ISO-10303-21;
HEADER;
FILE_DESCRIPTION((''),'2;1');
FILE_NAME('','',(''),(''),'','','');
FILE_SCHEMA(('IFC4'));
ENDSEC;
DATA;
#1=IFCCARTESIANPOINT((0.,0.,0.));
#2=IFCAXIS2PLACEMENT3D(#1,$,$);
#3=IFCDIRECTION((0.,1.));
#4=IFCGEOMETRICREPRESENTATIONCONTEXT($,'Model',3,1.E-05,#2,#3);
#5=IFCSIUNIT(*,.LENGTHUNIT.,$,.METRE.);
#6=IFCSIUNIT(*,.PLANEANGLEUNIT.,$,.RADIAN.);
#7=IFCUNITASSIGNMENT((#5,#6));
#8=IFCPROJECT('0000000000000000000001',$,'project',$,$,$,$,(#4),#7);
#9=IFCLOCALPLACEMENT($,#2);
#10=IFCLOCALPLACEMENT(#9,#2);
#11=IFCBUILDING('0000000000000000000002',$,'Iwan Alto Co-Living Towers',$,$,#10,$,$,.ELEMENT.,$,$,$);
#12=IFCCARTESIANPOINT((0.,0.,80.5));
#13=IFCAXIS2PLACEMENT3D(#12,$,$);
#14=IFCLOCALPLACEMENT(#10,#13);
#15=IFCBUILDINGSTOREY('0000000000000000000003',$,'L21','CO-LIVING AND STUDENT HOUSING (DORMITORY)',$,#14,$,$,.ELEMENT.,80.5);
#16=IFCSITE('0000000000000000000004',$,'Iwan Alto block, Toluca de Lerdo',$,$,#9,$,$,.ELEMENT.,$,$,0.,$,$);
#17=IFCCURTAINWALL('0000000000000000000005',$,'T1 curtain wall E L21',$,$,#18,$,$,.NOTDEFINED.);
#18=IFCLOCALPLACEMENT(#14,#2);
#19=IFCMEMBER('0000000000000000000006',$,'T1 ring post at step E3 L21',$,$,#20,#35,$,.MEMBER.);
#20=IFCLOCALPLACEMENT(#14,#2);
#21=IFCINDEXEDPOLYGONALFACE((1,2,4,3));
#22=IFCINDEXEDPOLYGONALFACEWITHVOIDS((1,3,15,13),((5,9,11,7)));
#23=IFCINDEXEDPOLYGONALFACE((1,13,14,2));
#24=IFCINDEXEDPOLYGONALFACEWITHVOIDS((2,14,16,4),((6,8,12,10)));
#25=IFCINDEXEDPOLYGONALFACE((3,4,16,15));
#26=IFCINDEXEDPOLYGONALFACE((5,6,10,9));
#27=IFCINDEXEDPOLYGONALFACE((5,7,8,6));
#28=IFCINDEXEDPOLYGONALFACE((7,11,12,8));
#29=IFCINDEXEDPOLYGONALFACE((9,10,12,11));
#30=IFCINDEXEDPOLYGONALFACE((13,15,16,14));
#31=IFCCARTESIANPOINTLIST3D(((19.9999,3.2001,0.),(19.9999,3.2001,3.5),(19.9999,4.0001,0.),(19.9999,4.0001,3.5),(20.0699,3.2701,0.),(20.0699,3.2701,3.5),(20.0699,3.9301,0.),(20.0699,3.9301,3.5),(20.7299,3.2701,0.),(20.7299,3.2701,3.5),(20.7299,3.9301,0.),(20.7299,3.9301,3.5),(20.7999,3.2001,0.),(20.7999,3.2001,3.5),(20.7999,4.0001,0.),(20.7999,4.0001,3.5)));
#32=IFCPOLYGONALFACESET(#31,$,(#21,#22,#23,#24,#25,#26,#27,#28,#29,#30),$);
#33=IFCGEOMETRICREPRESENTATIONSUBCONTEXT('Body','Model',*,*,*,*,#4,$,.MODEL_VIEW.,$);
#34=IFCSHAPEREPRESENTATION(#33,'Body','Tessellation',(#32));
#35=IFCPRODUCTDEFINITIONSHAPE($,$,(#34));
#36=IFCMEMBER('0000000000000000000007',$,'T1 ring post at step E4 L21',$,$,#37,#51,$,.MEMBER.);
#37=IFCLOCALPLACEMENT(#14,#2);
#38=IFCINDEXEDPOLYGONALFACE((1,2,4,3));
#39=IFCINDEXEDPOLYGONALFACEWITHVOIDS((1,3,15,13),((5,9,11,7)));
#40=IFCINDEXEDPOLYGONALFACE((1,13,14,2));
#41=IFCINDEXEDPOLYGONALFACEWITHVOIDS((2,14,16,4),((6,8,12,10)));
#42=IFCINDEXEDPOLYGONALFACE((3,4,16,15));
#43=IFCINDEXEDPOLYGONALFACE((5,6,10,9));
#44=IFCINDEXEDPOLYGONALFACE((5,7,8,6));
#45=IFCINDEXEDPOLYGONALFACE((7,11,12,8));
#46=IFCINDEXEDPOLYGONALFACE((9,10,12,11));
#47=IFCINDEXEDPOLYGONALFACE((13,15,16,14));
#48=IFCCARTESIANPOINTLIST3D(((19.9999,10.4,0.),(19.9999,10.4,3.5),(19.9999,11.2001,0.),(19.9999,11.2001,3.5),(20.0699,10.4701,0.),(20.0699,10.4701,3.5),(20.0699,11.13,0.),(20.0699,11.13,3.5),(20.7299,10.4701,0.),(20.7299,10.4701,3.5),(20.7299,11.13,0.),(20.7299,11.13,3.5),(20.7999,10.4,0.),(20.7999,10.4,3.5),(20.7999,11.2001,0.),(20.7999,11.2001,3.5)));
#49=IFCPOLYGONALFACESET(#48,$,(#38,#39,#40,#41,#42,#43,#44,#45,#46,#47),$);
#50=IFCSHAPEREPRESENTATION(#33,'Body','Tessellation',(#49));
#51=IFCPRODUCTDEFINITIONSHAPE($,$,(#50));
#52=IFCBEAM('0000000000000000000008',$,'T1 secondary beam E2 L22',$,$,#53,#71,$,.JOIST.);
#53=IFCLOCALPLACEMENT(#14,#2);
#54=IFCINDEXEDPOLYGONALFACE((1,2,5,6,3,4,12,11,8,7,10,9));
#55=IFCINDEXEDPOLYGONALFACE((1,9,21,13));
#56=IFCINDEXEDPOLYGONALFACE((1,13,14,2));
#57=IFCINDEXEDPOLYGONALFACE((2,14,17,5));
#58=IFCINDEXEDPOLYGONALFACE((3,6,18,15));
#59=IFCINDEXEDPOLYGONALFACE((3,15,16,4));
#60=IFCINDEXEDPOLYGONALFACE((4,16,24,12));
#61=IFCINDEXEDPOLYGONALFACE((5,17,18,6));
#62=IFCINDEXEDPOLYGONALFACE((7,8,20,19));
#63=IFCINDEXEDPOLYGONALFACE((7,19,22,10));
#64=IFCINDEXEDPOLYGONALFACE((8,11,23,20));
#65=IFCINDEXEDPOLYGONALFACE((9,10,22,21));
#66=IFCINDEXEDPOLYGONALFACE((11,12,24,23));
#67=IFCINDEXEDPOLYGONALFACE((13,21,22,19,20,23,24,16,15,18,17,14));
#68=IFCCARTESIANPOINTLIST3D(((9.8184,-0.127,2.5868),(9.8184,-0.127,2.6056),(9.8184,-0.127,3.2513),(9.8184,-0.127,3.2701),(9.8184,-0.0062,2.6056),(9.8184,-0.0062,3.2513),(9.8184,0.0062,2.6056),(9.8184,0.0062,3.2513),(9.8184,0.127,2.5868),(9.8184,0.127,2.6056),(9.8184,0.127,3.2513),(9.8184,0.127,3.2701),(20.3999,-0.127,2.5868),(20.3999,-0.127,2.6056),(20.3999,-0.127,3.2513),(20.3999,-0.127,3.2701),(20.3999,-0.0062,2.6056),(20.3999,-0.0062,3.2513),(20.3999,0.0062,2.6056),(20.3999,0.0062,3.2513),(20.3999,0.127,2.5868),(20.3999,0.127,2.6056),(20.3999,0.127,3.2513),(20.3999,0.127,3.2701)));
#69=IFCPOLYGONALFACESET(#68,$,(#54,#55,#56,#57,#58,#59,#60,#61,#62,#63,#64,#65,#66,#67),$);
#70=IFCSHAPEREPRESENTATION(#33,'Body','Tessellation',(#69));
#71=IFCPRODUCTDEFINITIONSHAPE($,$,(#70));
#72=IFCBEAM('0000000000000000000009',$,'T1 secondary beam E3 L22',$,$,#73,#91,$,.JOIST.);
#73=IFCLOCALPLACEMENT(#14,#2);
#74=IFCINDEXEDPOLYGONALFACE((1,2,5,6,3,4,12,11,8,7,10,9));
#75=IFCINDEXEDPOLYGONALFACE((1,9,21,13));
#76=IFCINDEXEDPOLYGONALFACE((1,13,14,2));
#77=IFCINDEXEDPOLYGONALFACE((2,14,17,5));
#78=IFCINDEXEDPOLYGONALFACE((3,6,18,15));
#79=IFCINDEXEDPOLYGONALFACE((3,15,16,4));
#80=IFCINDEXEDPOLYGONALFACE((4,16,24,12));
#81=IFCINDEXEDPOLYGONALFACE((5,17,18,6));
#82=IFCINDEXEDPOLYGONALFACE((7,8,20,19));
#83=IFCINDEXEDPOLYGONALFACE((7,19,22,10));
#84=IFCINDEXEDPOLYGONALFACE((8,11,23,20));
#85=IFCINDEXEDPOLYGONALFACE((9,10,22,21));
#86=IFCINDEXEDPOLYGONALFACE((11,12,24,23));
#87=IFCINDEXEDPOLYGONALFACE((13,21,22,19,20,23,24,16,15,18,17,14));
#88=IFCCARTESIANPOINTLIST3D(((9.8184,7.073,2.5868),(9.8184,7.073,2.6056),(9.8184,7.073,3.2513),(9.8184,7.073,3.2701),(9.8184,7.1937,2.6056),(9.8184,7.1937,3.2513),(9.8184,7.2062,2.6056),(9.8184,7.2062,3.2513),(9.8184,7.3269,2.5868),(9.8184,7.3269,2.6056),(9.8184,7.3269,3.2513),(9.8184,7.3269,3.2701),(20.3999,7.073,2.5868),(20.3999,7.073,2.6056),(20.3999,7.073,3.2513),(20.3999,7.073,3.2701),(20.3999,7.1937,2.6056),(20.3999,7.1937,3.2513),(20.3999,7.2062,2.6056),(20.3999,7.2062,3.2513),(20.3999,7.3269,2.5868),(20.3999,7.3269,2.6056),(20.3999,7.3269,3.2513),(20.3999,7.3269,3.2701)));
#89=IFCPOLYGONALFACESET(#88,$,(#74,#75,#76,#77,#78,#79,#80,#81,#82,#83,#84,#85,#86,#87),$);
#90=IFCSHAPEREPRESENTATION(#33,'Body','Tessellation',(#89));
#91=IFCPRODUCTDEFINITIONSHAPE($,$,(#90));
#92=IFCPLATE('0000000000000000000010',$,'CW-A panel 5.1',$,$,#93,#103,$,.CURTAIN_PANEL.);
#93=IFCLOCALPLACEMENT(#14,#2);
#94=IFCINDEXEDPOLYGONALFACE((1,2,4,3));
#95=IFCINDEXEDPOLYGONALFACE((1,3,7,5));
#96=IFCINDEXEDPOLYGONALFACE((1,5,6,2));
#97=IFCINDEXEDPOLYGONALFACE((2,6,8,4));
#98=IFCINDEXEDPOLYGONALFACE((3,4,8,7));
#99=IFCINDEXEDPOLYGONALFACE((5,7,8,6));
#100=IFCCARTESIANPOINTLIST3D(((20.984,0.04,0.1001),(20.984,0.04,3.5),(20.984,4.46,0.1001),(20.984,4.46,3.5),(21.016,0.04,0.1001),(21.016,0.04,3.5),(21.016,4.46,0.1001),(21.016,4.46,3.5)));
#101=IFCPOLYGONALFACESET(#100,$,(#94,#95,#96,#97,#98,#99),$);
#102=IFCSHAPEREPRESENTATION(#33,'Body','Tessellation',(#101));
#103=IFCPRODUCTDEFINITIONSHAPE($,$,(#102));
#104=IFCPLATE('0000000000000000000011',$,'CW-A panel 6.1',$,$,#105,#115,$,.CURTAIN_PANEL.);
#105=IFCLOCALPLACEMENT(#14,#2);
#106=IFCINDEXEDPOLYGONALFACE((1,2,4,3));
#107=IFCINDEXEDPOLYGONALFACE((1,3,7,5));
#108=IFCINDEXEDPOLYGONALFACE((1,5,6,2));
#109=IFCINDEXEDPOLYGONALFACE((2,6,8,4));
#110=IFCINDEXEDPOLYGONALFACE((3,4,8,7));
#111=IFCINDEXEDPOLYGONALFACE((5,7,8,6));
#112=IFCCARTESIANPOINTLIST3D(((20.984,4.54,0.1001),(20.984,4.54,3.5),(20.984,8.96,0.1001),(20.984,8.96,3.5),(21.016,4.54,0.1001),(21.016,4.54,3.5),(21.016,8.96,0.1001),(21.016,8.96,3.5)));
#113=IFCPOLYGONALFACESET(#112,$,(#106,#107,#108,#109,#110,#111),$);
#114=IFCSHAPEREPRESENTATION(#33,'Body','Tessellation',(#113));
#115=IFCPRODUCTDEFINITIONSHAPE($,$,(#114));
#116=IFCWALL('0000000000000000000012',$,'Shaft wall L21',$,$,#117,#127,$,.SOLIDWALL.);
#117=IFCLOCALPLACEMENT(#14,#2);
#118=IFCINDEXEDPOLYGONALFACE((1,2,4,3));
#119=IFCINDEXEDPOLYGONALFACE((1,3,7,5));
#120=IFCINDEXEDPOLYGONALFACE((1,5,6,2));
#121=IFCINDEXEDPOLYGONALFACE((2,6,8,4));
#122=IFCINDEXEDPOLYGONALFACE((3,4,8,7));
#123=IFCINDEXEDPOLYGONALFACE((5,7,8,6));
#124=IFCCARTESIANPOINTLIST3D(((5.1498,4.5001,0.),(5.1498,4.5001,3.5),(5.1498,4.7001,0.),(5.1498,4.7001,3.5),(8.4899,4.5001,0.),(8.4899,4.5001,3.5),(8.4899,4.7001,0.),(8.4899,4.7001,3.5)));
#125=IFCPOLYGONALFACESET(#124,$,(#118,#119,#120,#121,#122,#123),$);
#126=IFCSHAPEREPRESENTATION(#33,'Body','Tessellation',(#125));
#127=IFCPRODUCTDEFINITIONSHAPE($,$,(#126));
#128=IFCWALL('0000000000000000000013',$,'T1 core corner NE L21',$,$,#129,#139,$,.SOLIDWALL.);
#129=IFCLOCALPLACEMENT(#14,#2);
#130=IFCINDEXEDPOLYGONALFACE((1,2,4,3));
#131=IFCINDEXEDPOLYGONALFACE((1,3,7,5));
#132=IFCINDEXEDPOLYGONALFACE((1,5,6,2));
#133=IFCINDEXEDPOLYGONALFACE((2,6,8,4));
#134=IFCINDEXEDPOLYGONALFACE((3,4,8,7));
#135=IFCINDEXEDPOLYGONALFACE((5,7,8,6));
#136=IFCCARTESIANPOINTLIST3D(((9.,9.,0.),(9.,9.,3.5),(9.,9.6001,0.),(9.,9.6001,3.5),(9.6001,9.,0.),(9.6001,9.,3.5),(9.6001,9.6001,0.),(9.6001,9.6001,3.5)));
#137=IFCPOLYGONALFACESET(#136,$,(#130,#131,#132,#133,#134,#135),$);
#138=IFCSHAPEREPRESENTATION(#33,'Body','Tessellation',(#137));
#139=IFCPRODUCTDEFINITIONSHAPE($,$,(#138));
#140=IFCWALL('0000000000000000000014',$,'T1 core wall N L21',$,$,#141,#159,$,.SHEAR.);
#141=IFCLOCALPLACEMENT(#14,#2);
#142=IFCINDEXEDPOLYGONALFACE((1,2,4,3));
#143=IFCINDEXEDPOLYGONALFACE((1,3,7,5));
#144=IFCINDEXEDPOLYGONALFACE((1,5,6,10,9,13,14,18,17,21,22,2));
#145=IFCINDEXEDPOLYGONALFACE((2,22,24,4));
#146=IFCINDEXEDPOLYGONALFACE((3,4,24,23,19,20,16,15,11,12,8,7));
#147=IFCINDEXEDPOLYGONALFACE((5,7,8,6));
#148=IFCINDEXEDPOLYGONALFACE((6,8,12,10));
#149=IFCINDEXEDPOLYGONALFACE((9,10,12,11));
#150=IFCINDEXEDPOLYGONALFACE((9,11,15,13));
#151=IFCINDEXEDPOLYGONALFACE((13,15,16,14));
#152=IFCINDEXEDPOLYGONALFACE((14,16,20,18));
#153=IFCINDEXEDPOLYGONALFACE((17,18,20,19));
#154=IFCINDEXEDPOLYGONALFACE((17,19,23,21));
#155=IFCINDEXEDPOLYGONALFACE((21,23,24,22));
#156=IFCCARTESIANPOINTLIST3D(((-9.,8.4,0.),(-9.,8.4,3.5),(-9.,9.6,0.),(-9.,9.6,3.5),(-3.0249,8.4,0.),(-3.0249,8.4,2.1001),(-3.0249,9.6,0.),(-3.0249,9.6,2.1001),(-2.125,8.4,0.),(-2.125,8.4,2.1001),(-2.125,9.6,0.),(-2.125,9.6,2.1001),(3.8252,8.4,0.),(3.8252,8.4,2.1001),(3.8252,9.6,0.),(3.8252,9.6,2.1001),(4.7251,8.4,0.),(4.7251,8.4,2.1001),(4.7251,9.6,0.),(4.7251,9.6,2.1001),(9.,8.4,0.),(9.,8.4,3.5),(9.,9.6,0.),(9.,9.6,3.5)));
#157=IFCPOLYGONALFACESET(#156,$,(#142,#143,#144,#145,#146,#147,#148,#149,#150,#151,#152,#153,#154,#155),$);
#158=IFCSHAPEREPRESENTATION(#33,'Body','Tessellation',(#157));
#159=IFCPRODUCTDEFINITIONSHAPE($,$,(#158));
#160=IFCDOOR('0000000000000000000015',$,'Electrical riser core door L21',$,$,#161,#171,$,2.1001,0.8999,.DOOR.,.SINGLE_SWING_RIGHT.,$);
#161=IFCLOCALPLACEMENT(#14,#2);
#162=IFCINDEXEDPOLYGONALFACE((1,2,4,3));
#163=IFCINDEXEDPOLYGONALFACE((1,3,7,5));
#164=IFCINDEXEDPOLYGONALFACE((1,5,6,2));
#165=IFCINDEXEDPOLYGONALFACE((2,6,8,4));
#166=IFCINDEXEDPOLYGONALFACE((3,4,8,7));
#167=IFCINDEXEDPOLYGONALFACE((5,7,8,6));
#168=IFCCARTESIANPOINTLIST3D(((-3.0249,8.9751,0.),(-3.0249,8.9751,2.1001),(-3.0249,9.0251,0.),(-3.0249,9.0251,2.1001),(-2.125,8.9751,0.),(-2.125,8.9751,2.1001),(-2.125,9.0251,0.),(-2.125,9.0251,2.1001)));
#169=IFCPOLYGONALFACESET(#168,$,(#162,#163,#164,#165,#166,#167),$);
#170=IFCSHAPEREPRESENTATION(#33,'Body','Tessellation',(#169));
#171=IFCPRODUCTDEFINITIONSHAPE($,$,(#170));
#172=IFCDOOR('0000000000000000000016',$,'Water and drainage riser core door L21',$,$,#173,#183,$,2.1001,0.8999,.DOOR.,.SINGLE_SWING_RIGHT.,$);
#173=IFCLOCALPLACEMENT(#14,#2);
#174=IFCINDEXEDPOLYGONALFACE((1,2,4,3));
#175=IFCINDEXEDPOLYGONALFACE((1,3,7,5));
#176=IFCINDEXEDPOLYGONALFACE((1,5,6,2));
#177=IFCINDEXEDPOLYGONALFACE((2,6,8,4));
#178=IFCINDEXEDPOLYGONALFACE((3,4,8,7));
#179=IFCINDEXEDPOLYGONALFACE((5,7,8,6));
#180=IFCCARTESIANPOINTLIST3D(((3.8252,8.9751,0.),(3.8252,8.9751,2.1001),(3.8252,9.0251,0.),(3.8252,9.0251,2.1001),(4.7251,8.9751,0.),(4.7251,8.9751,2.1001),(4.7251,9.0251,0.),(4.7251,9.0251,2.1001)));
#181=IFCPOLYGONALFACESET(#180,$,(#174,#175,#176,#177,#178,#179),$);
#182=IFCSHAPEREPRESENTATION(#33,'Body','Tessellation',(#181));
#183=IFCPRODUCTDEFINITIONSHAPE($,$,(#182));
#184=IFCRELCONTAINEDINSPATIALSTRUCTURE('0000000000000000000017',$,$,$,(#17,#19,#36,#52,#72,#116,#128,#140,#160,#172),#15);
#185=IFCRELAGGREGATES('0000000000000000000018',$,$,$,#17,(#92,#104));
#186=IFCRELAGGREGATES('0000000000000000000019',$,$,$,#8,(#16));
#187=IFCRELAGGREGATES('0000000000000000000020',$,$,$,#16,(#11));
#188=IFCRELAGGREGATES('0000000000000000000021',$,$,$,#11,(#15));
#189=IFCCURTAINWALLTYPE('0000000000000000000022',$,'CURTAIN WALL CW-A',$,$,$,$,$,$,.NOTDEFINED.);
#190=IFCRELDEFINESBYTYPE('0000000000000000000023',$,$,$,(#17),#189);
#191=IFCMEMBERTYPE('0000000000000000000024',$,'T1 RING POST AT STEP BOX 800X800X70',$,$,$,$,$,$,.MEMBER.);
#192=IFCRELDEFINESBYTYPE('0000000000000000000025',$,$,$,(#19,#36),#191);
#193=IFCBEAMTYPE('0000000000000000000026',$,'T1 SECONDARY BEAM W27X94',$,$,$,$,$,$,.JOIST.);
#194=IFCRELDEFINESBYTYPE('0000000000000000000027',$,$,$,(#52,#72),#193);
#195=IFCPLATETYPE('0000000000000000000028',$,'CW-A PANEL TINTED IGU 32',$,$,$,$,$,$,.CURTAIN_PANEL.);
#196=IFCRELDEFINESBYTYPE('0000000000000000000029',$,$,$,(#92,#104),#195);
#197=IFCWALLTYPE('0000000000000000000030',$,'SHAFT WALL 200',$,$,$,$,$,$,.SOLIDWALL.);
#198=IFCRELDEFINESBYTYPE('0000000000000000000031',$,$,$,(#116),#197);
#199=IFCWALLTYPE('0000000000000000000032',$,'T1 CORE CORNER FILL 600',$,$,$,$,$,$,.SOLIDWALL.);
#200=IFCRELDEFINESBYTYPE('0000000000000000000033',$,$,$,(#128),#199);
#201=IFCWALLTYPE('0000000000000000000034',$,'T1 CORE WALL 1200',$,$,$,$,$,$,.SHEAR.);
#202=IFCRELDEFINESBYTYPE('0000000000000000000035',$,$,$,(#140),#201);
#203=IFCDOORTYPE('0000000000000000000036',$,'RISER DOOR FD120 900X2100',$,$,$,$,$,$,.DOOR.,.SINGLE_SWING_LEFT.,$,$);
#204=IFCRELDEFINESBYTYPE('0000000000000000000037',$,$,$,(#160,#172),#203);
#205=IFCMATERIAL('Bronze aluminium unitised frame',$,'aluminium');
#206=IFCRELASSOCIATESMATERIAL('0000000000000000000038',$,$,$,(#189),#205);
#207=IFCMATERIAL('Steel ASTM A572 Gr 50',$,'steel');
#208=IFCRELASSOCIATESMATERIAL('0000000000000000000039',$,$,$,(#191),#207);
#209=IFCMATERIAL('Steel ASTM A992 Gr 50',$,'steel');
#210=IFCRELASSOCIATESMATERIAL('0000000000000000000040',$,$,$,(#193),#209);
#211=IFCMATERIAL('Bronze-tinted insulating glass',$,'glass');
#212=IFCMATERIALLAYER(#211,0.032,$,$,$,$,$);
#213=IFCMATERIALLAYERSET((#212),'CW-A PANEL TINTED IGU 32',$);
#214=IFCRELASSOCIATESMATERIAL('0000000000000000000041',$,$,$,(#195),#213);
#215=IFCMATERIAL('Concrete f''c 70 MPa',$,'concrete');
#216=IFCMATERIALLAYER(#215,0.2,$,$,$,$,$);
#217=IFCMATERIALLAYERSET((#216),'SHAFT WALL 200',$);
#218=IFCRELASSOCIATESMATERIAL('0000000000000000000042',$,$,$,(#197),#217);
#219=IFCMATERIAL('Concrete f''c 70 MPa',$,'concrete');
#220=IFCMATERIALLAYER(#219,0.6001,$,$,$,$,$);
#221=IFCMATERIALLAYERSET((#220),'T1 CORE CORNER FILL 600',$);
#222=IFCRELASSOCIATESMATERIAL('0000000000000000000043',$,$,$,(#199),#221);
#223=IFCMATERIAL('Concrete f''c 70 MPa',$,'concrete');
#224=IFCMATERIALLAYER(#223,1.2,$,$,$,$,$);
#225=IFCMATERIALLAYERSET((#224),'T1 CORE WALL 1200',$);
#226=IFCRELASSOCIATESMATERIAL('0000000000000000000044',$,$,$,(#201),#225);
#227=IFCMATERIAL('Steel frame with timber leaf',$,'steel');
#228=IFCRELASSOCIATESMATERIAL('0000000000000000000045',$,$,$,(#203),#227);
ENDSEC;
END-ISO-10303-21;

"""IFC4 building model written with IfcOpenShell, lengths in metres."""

from ifc_helpers import new_model, si_unit, direction, frame, frame_2d, origin, origin_2d, place, context, subcontext, project, spatial, rectangle, hollow_rectangle, i_section, extrude, material, layer, layer_set, material_profile, profile_set, type_object, element, fill, aggregate, save


model = new_model("IFC4")

# Units and contexts
model_context = context("Model", 3, precision=1e-05, world=origin(), true_north=direction((0.0, 1.0)))
body_context = subcontext(model_context, "Body", "Model", "MODEL_VIEW")
ifc_project = project(units=[si_unit("LENGTHUNIT", "METRE"), si_unit("PLANEANGLEUNIT", "RADIAN")], contexts=[model_context])

# Site, building, storey
site_placement = place(None, origin())
site = spatial("IfcSite", under=ifc_project, at=site_placement, Name="Iwan Alto block, Toluca de Lerdo", CompositionType="ELEMENT", RefElevation=0.0)
building_placement = place(site_placement, origin())
building = spatial("IfcBuilding", under=site, at=building_placement, Name="Iwan Alto Co-Living Towers", CompositionType="ELEMENT")
storey_placement = place(building_placement, frame((0.0, 0.0, 80.5)))
storey = spatial("IfcBuildingStorey", under=building, at=storey_placement, Name="L21", Description="CO-LIVING AND STUDENT HOUSING (DORMITORY)", CompositionType="ELEMENT", Elevation=80.5)

# Curtain wall
ifc_material_1 = material(Name="Bronze aluminium unitised frame", Category="aluminium")
curtain_wall_type = type_object("IfcCurtainWallType", Name="CURTAIN WALL CW-A", PredefinedType="NOTDEFINED", material=ifc_material_1)
curtain_wall_placement = place(storey_placement, origin())
curtain_wall = element("IfcCurtainWall", 1, at=curtain_wall_placement, inside=storey, type_object=curtain_wall_type, Name="T1 curtain wall E L21", PredefinedType="NOTDEFINED")

# Members
ifc_material_2 = material(Name="Steel ASTM A572 Gr 50", Category="steel")
ifc_material_profile_1 = material_profile(ifc_material_2, hollow_rectangle(XDim=0.8, YDim=0.8, WallThickness=0.0701, at=origin_2d()), Name="BOX 800X800X70")
ifc_profile_set_1 = profile_set([ifc_material_profile_1], Name="Steel ASTM A572 Gr 50")
member_type_1 = type_object("IfcMemberType", Name="T1 RING POST AT STEP BOX 800X800X70", PredefinedType="MEMBER", material=ifc_profile_set_1)
for number, where, z_axis, x_axis, name in (
    (2, (20.3999, 3.6001, 0.0), (0.0, 0.0, 1.0), (1.0, 0.0, 0.0), "T1 ring post at step E3 L21"),
    (3, (20.3999, 10.8, 0.0), (0.0, 0.0, 1.0), (1.0, 0.0, 0.0), "T1 ring post at step E4 L21"),
):
    element("IfcMember", number, at=place(storey_placement, frame(where, z_axis=z_axis, x_axis=x_axis)), inside=storey, type_object=member_type_1, Name=name, PredefinedType="MEMBER", context=body_context, shape_type="SweptSolid", body=[
        extrude(hollow_rectangle(XDim=0.8, YDim=0.8, WallThickness=0.0701, at=origin_2d()), origin(), (0.0, 0.0, 1.0), 3.5),
    ])

# Beams
ifc_material_3 = material(Name="Steel ASTM A992 Gr 50", Category="steel")
ifc_material_profile_2 = material_profile(ifc_material_3, i_section(OverallWidth=0.2539, OverallDepth=0.6833, WebThickness=0.0125, FlangeThickness=0.0188, at=origin_2d()), Name="W27X94")
ifc_profile_set_2 = profile_set([ifc_material_profile_2], Name="Steel ASTM A992 Gr 50")
beam_type_1 = type_object("IfcBeamType", Name="T1 SECONDARY BEAM W27X94", PredefinedType="JOIST", material=ifc_profile_set_2)
for number, where, z_axis, x_axis, name in (
    (4, (20.3999, 0.0, 2.9285), (-1.0, 0.0, 0.0), (0.0, -1.0, 0.0), "T1 secondary beam E2 L22"),
    (5, (20.3999, 7.2, 2.9285), (-1.0, 0.0, 0.0), (0.0, -1.0, 0.0), "T1 secondary beam E3 L22"),
):
    element("IfcBeam", number, at=place(storey_placement, frame(where, z_axis=z_axis, x_axis=x_axis)), inside=storey, type_object=beam_type_1, Name=name, PredefinedType="JOIST", context=body_context, shape_type="SweptSolid", body=[
        extrude(i_section(OverallWidth=0.2539, OverallDepth=0.6833, WebThickness=0.0125, FlangeThickness=0.0188, at=origin_2d()), origin(), (0.0, 0.0, 1.0), 10.5815),
    ])

# Plates
ifc_material_4 = material(Name="Bronze-tinted insulating glass", Category="glass")
ifc_layer_1 = layer(ifc_material_4, 0.032)
ifc_layer_set_1 = layer_set([ifc_layer_1], Name="CW-A PANEL TINTED IGU 32")
plate_type = type_object("IfcPlateType", Name="CW-A PANEL TINTED IGU 32", PredefinedType="CURTAIN_PANEL", material=ifc_layer_set_1)
plate_1_placement = place(storey_placement, frame((21.0, 2.25, 0.1001), z_axis=(0.0, 0.0, 1.0), x_axis=(0.0, 1.0, 0.0)))
plate_1 = element("IfcPlate", 6, at=plate_1_placement, type_object=plate_type, Name="CW-A panel 5.1", PredefinedType="CURTAIN_PANEL", context=body_context, shape_type="SweptSolid", body=[
    extrude(rectangle(XDim=4.4199, YDim=0.032, at=origin_2d()), origin(), (0.0, 0.0, 1.0), 3.3999),
])
plate_2_placement = place(storey_placement, frame((21.0, 6.75, 0.1001), z_axis=(0.0, 0.0, 1.0), x_axis=(0.0, 1.0, 0.0)))
plate_2 = element("IfcPlate", 7, at=plate_2_placement, type_object=plate_type, Name="CW-A panel 6.1", PredefinedType="CURTAIN_PANEL", context=body_context, shape_type="SweptSolid", body=[
    extrude(rectangle(XDim=4.4199, YDim=0.032, at=origin_2d()), origin(), (0.0, 0.0, 1.0), 3.3999),
])
aggregate(curtain_wall, [plate_1, plate_2])

# Walls
ifc_material_5 = material(Name="Concrete f'c 70 MPa", Category="concrete")
ifc_layer_2 = layer(ifc_material_5, 0.2)
ifc_layer_set_2 = layer_set([ifc_layer_2], Name="SHAFT WALL 200")
wall_type_1 = type_object("IfcWallType", Name="SHAFT WALL 200", PredefinedType="SOLIDWALL", material=ifc_layer_set_2)
wall_1_placement = place(storey_placement, frame((5.1499, 4.6001, 0.0), z_axis=(0.0, 0.0, 1.0), x_axis=(1.0, 0.0, 0.0)))
element("IfcWall", 8, at=wall_1_placement, inside=storey, type_object=wall_type_1, Name="Shaft wall L21", PredefinedType="SOLIDWALL", context=body_context, shape_type="SweptSolid", body=[
    extrude(rectangle(XDim=3.3401, YDim=0.2, at=frame_2d((1.6699, 0.0))), origin(), (0.0, 0.0, 1.0), 3.5),
])
ifc_material_6 = material(Name="Concrete f'c 70 MPa", Category="concrete")
ifc_layer_3 = layer(ifc_material_6, 0.6001)
ifc_layer_set_3 = layer_set([ifc_layer_3], Name="T1 CORE CORNER FILL 600")
wall_type_2 = type_object("IfcWallType", Name="T1 CORE CORNER FILL 600", PredefinedType="SOLIDWALL", material=ifc_layer_set_3)
wall_2_placement = place(storey_placement, frame((9.0, 9.3, 0.0), z_axis=(0.0, 0.0, 1.0), x_axis=(1.0, 0.0, 0.0)))
element("IfcWall", 9, at=wall_2_placement, inside=storey, type_object=wall_type_2, Name="T1 core corner NE L21", PredefinedType="SOLIDWALL", context=body_context, shape_type="SweptSolid", body=[
    extrude(rectangle(XDim=0.6001, YDim=0.6001, at=frame_2d((0.3, 0.0))), origin(), (0.0, 0.0, 1.0), 3.5),
])

# Wall, openings, doors
ifc_material_7 = material(Name="Concrete f'c 70 MPa", Category="concrete")
ifc_layer_4 = layer(ifc_material_7, 1.2)
ifc_layer_set_4 = layer_set([ifc_layer_4], Name="T1 CORE WALL 1200")
wall_type_3 = type_object("IfcWallType", Name="T1 CORE WALL 1200", PredefinedType="SHEAR", material=ifc_layer_set_4)
wall_3_placement = place(storey_placement, frame((9.0, 9.0, 0.0), z_axis=(0.0, 0.0, 1.0), x_axis=(-1.0, 0.0, 0.0)))
wall_3 = element("IfcWall", 10, at=wall_3_placement, inside=storey, type_object=wall_type_3, Name="T1 core wall N L21", PredefinedType="SHEAR", context=body_context, shape_type="SweptSolid", body=[
    extrude(rectangle(XDim=18.0, YDim=1.2, at=frame_2d((9.0, 0.0))), origin(), (0.0, 0.0, 1.0), 3.5),
])
opening_1_placement = place(wall_3_placement, frame((11.125, 0.0, 0.0)))
opening_1 = element("IfcOpeningElement", 11, at=opening_1_placement, cuts=wall_3, PredefinedType="OPENING", context=body_context, shape_type="SweptSolid", body=[
    extrude(rectangle(XDim=0.8999, YDim=2.1001, at=frame_2d((0.45, 1.05))), frame((0.0, 0.6099, 0.0), z_axis=(0.0, -1.0, 0.0), x_axis=(1.0, 0.0, 0.0)), (0.0, 0.0, 1.0), 1.22),
])
opening_2_placement = place(wall_3_placement, frame((4.2749, 0.0, 0.0)))
opening_2 = element("IfcOpeningElement", 12, at=opening_2_placement, cuts=wall_3, PredefinedType="OPENING", context=body_context, shape_type="SweptSolid", body=[
    extrude(rectangle(XDim=0.8999, YDim=2.1001, at=frame_2d((0.45, 1.05))), frame((0.0, 0.6099, 0.0), z_axis=(0.0, -1.0, 0.0), x_axis=(1.0, 0.0, 0.0)), (0.0, 0.0, 1.0), 1.22),
])
ifc_material_8 = material(Name="Steel frame with timber leaf", Category="steel")
door_type = type_object("IfcDoorType", Name="RISER DOOR FD120 900X2100", OperationType="SINGLE_SWING_LEFT", PredefinedType="DOOR", material=ifc_material_8)
door_1_placement = place(opening_1_placement, origin())
door_1 = element("IfcDoor", 13, at=door_1_placement, inside=storey, type_object=door_type, Name="Electrical riser core door L21", OperationType="SINGLE_SWING_RIGHT", OverallHeight=2.1001, OverallWidth=0.8999, PredefinedType="DOOR", context=body_context, shape_type="SweptSolid", body=[
    extrude(rectangle(XDim=0.8999, YDim=2.1001, at=frame_2d((0.45, 1.05))), frame((0.0, 0.0249, 0.0), z_axis=(0.0, -1.0, 0.0), x_axis=(1.0, 0.0, 0.0)), (0.0, 0.0, 1.0), 0.05),
])
fill(opening_1, door_1)
door_2_placement = place(opening_2_placement, origin())
door_2 = element("IfcDoor", 14, at=door_2_placement, inside=storey, type_object=door_type, Name="Water and drainage riser core door L21", OperationType="SINGLE_SWING_RIGHT", OverallHeight=2.1001, OverallWidth=0.8999, PredefinedType="DOOR", context=body_context, shape_type="SweptSolid", body=[
    extrude(rectangle(XDim=0.8999, YDim=2.1001, at=frame_2d((0.45, 1.05))), frame((0.0, 0.0249, 0.0), z_axis=(0.0, -1.0, 0.0), x_axis=(1.0, 0.0, 0.0)), (0.0, 0.0, 1.0), 0.05),
])
fill(opening_2, door_2)

save(model, "model.ifc")
